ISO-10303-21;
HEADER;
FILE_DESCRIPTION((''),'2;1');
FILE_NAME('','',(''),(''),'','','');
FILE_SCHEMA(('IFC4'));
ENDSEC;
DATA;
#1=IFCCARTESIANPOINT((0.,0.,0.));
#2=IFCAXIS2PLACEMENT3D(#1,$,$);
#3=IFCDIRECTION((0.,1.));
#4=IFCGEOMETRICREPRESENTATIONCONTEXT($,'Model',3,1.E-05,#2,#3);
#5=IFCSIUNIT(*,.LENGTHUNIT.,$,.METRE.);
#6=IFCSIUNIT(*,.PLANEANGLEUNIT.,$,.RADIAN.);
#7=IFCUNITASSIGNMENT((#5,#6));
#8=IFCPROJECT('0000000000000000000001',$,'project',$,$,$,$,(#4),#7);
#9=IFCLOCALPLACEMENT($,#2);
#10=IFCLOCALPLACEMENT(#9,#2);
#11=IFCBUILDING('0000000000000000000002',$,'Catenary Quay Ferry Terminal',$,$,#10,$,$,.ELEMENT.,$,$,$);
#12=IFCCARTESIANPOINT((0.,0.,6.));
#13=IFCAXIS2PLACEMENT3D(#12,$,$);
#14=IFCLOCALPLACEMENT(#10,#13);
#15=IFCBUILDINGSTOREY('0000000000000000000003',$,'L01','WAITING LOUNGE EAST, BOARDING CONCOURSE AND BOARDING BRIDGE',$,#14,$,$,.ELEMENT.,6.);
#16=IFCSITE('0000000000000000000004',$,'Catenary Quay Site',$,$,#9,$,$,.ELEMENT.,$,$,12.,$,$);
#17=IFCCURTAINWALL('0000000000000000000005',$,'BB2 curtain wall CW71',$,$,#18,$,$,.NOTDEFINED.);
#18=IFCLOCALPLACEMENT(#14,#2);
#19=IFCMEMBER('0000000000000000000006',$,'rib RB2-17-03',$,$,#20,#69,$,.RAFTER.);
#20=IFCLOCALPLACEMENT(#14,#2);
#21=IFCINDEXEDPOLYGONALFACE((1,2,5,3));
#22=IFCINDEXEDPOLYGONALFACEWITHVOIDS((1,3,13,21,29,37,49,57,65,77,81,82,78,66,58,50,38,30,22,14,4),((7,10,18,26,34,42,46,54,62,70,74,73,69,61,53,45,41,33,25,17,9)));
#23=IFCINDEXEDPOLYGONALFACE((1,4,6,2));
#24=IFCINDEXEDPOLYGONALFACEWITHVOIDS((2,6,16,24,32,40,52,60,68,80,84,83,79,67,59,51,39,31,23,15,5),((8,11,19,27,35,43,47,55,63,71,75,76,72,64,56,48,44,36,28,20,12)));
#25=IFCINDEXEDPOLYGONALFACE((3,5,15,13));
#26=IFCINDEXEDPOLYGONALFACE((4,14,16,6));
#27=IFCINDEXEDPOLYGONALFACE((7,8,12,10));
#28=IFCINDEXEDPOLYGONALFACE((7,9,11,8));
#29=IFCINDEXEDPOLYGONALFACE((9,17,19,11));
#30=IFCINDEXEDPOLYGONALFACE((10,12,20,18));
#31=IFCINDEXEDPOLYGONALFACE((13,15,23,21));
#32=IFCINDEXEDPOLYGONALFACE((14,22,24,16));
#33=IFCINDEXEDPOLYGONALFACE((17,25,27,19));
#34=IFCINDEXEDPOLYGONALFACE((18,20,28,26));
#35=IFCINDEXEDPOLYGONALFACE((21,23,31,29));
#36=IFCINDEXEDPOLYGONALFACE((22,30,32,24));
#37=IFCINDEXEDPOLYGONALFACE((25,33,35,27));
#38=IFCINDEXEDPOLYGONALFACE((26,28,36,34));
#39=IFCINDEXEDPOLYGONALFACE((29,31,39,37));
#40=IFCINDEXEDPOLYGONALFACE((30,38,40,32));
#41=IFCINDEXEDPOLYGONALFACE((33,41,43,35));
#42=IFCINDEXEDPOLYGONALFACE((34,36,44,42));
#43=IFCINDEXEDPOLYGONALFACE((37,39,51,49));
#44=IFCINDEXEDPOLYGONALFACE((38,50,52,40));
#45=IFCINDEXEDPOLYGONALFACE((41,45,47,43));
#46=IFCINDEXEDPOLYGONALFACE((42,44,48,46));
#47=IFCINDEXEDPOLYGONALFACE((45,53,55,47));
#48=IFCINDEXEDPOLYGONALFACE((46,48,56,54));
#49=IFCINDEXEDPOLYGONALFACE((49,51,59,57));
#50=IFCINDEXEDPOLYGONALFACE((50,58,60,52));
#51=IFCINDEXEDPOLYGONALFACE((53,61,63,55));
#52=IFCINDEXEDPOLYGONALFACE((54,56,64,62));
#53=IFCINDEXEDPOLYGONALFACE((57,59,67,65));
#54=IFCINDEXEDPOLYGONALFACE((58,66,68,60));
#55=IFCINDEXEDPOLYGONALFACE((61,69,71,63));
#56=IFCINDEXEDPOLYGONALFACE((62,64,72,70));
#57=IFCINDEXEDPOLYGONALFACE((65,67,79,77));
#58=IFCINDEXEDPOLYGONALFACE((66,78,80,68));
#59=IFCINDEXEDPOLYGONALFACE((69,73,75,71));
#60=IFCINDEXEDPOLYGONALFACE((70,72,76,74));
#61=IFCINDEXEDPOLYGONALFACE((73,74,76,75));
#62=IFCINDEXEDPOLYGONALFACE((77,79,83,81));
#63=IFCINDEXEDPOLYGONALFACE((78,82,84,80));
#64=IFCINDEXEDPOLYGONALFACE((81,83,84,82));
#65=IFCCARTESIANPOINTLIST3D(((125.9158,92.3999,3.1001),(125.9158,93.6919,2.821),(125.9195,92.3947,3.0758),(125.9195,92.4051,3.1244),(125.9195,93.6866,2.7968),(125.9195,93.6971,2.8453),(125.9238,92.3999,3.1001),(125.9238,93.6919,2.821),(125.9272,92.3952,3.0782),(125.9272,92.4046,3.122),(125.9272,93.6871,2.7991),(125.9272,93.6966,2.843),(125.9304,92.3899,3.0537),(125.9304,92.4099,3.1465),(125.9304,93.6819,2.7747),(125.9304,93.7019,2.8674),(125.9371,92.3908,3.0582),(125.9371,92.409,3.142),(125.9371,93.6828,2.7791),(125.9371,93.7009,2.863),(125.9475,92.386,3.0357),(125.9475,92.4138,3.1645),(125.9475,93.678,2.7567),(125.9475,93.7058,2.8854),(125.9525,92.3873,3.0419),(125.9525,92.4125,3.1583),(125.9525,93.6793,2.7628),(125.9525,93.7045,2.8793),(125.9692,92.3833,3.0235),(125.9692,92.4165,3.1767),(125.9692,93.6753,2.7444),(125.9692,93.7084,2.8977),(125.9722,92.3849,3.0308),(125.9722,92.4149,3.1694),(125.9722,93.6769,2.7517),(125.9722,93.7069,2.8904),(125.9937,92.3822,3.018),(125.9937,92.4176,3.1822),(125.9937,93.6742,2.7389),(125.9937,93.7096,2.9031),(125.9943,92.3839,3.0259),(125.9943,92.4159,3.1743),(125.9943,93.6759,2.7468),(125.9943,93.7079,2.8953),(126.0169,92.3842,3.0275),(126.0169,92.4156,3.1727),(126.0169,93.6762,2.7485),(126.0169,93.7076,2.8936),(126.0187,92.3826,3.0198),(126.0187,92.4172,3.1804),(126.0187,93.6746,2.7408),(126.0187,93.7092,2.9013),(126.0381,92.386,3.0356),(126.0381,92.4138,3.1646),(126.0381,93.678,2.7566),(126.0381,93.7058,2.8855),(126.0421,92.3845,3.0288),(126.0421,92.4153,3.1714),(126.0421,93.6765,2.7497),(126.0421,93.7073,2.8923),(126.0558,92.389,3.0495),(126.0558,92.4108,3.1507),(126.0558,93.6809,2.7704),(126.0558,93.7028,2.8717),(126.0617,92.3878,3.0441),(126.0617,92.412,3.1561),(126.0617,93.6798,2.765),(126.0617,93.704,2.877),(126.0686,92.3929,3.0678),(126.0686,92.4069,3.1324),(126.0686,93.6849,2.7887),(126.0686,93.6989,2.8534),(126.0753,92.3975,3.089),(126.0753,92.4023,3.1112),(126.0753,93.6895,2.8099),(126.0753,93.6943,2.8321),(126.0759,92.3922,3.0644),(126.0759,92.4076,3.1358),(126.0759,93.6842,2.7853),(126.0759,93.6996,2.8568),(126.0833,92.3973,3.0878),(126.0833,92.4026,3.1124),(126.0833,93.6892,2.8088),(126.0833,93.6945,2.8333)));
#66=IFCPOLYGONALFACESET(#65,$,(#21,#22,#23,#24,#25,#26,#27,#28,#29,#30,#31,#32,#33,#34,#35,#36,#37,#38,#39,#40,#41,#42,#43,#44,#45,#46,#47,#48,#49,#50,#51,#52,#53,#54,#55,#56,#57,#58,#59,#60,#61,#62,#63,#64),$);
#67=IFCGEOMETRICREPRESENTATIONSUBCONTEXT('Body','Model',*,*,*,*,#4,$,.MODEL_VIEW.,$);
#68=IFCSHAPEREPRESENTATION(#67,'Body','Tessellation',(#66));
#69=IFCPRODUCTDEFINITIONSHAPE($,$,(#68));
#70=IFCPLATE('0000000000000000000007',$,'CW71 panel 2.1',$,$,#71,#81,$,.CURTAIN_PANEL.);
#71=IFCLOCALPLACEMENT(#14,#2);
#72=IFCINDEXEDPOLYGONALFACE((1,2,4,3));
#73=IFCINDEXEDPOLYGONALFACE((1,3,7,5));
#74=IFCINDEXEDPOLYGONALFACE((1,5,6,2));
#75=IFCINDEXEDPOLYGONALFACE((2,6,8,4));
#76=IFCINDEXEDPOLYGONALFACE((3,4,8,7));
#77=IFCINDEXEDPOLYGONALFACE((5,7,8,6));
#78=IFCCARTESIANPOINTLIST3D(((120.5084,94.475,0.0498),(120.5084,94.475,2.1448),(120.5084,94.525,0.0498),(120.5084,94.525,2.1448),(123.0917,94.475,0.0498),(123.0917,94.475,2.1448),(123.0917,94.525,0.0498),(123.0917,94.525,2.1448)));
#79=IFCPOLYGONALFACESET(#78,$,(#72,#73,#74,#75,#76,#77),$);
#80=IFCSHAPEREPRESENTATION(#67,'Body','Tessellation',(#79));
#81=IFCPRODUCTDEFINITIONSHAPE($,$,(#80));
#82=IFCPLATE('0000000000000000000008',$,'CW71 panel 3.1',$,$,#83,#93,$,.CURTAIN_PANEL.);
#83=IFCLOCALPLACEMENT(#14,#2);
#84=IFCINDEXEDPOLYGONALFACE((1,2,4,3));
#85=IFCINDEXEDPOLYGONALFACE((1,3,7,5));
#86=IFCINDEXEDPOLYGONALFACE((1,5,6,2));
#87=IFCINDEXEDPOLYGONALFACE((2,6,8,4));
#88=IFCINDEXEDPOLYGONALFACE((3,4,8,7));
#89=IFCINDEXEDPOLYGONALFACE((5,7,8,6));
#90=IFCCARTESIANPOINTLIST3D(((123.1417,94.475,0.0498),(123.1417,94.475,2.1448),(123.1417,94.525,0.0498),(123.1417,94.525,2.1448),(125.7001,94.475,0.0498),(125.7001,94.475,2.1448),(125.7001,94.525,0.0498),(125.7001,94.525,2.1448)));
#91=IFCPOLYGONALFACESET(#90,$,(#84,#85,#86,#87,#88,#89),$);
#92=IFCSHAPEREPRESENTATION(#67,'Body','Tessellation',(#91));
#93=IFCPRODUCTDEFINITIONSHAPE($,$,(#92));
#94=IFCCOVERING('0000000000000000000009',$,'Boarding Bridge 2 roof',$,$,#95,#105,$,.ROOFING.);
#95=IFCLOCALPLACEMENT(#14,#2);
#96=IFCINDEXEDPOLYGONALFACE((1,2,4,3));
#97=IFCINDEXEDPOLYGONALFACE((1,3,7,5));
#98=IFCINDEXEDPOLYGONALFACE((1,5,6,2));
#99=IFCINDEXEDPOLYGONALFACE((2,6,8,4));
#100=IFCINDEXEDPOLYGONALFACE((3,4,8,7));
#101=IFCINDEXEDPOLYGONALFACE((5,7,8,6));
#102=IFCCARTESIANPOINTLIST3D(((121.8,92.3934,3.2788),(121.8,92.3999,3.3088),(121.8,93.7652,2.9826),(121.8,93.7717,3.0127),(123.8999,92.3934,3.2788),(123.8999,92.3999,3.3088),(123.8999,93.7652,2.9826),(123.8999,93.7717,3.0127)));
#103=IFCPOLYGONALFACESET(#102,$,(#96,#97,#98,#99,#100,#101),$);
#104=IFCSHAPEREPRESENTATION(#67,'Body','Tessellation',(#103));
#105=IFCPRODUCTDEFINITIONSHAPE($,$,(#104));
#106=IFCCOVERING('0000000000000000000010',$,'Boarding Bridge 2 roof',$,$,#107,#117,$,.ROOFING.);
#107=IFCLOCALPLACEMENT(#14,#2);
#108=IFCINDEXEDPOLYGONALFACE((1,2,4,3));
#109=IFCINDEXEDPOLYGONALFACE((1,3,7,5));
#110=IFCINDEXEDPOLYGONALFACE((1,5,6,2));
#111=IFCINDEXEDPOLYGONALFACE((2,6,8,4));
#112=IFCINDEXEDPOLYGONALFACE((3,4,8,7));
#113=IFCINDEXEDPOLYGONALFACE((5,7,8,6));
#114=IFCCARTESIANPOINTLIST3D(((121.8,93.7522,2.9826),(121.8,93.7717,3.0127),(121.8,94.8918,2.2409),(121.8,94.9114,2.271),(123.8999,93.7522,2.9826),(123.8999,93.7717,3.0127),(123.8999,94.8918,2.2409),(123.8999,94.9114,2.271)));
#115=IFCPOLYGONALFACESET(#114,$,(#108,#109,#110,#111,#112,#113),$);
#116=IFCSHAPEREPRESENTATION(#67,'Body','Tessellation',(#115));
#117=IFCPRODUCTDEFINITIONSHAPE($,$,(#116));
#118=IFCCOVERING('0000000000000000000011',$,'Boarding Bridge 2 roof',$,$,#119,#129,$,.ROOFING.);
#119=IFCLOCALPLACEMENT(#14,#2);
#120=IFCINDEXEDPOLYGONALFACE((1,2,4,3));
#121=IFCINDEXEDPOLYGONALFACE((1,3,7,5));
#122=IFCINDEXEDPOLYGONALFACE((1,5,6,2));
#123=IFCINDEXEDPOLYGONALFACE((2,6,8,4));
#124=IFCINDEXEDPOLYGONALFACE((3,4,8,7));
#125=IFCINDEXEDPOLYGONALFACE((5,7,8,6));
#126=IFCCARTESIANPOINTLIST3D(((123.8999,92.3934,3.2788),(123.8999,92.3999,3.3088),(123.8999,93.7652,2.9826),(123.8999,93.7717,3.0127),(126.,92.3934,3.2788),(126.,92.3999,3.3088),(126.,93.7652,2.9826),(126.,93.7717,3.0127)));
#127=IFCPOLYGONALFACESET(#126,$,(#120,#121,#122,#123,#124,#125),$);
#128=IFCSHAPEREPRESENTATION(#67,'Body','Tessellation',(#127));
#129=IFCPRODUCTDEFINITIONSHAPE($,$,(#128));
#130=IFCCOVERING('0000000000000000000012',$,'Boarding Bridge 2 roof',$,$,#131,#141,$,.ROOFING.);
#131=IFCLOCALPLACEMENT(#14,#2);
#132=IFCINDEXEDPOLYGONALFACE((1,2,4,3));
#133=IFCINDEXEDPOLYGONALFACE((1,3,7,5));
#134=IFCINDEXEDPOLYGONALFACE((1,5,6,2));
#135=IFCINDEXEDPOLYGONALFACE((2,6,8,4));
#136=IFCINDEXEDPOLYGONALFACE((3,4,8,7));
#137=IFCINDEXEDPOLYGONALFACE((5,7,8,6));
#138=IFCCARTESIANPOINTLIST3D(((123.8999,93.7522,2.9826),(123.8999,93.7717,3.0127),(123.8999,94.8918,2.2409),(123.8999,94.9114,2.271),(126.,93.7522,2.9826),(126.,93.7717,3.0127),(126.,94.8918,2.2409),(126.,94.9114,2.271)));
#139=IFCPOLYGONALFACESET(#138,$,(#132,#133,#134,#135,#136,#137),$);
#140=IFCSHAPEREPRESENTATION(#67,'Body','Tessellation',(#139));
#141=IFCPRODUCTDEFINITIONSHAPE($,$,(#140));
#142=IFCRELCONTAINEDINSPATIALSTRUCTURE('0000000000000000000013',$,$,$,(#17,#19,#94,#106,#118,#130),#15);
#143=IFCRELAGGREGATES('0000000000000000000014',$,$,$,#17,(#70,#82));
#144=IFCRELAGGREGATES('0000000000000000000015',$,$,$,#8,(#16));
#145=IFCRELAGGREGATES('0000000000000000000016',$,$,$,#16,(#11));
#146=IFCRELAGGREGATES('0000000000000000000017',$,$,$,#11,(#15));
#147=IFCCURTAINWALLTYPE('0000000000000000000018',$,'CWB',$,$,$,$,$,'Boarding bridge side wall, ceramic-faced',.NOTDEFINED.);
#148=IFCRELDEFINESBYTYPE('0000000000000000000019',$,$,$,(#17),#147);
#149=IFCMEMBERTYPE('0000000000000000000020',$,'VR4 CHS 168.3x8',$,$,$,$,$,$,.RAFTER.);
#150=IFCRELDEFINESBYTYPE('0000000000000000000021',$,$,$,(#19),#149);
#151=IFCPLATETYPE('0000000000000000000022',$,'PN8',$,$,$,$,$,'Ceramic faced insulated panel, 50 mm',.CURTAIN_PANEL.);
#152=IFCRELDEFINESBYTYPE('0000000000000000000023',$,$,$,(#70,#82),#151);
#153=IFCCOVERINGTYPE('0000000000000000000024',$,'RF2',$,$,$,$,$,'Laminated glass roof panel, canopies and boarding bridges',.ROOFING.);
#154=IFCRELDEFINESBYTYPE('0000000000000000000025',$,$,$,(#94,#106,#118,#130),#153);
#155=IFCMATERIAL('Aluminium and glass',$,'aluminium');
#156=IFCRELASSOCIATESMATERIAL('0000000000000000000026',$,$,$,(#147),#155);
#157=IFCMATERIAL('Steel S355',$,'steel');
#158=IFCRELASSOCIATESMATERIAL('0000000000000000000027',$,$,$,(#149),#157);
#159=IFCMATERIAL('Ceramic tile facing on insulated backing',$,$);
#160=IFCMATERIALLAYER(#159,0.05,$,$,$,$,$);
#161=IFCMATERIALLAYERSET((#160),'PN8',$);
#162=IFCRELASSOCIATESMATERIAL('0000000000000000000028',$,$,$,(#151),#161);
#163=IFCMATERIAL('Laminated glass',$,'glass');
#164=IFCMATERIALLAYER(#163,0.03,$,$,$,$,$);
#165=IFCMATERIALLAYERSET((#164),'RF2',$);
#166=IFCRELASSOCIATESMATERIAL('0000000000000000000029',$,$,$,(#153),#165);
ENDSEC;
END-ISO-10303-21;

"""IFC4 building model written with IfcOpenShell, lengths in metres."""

from ifc_helpers import new_model, si_unit, direction, frame, origin, origin_2d, place, context, subcontext, project, spatial, polyline, rectangle, hollow_circle, outline, extrude, material, layer, layer_set, material_profile, profile_set, type_object, element, aggregate, save


model = new_model("IFC4")

# Units and contexts
model_context = context("Model", 3, precision=1e-05, world=origin(), true_north=direction((0.0, 1.0)))
body_context = subcontext(model_context, "Body", "Model", "MODEL_VIEW")
ifc_project = project(units=[si_unit("LENGTHUNIT", "METRE"), si_unit("PLANEANGLEUNIT", "RADIAN")], contexts=[model_context])

# Site, building, storey
site_placement = place(None, origin())
site = spatial("IfcSite", under=ifc_project, at=site_placement, Name="Catenary Quay Site", CompositionType="ELEMENT", RefElevation=12.0)
building_placement = place(site_placement, origin())
building = spatial("IfcBuilding", under=site, at=building_placement, Name="Catenary Quay Ferry Terminal", CompositionType="ELEMENT")
storey_placement = place(building_placement, frame((0.0, 0.0, 6.0)))
storey = spatial("IfcBuildingStorey", under=building, at=storey_placement, Name="L01", Description="WAITING LOUNGE EAST, BOARDING CONCOURSE AND BOARDING BRIDGE", CompositionType="ELEMENT", Elevation=6.0)

# Curtain wall
ifc_material_1 = material(Name="Aluminium and glass", Category="aluminium")
curtain_wall_type = type_object("IfcCurtainWallType", Name="CWB", ElementType="Boarding bridge side wall, ceramic-faced", PredefinedType="NOTDEFINED", material=ifc_material_1)
curtain_wall_placement = place(storey_placement, origin())
curtain_wall = element("IfcCurtainWall", 1, at=curtain_wall_placement, inside=storey, type_object=curtain_wall_type, Name="BB2 curtain wall CW71", PredefinedType="NOTDEFINED")

# Member
ifc_material_2 = material(Name="Steel S355", Category="steel")
ifc_material_profile_1 = material_profile(ifc_material_2, hollow_circle(Radius=0.0842, WallThickness=0.0081, at=origin_2d()), Name="CHS 168.3x8")
ifc_profile_set_1 = profile_set([ifc_material_profile_1], Name="Steel S355")
member_type_1 = type_object("IfcMemberType", Name="VR4 CHS 168.3x8", PredefinedType="RAFTER", material=ifc_profile_set_1)
member_1_placement = place(storey_placement, frame((126.0, 92.3999, 3.1001), z_axis=(0.0, 0.977461, -0.211118), x_axis=(-1.0, 0.0, 0.0)))
element("IfcMember", 2, at=member_1_placement, inside=storey, type_object=member_type_1, Name="rib RB2-17-03", PredefinedType="RAFTER", context=body_context, shape_type="SweptSolid", body=[
    extrude(hollow_circle(Radius=0.0842, WallThickness=0.0081, at=origin_2d()), origin(), (0.0, 0.0, 1.0), 1.3218),
])

# Plates
ifc_material_3 = material(Name="Ceramic tile facing on insulated backing")
ifc_layer_1 = layer(ifc_material_3, 0.05)
ifc_layer_set_1 = layer_set([ifc_layer_1], Name="PN8")
plate_type = type_object("IfcPlateType", Name="PN8", ElementType="Ceramic faced insulated panel, 50 mm", PredefinedType="CURTAIN_PANEL", material=ifc_layer_set_1)
plate_1_placement = place(storey_placement, frame((121.8, 94.5, 0.0498), z_axis=(0.0, 0.0, 1.0), x_axis=(1.0, 0.0, 0.0)))
plate_1 = element("IfcPlate", 3, at=plate_1_placement, type_object=plate_type, Name="CW71 panel 2.1", PredefinedType="CURTAIN_PANEL", context=body_context, shape_type="SweptSolid", body=[
    extrude(rectangle(XDim=2.5833, YDim=0.05, at=origin_2d()), origin(), (0.0, 0.0, 1.0), 2.095),
])
plate_2_placement = place(storey_placement, frame((124.4209, 94.5, 0.0498), z_axis=(0.0, 0.0, 1.0), x_axis=(1.0, 0.0, 0.0)))
plate_2 = element("IfcPlate", 4, at=plate_2_placement, type_object=plate_type, Name="CW71 panel 3.1", PredefinedType="CURTAIN_PANEL", context=body_context, shape_type="SweptSolid", body=[
    extrude(rectangle(XDim=2.5583, YDim=0.05, at=origin_2d()), origin(), (0.0, 0.0, 1.0), 2.095),
])
aggregate(curtain_wall, [plate_1, plate_2])

# Coverings
ifc_material_4 = material(Name="Laminated glass", Category="glass")
ifc_layer_2 = layer(ifc_material_4, 0.03)
ifc_layer_set_2 = layer_set([ifc_layer_2], Name="RF2")
covering_type = type_object("IfcCoveringType", Name="RF2", ElementType="Laminated glass roof panel, canopies and boarding bridges", PredefinedType="ROOFING", material=ifc_layer_set_2)
covering_1_placement = place(storey_placement, frame((121.8, 92.3999, 3.3088), z_axis=(0.0, 0.211014, 0.977483), x_axis=(1.0, 0.0, 0.0)))
element("IfcCovering", 5, at=covering_1_placement, inside=storey, type_object=covering_type, Name="Boarding Bridge 2 roof", PredefinedType="ROOFING", context=body_context, shape_type="SweptSolid", body=[
    extrude(outline(polyline([(0.0, 0.0), (2.0999, 0.0), (2.0999, 1.4034), (0.0, 1.4034), (0.0, 0.0)])), origin(), (0.0, 0.0, -1.0), 0.0308),
])
covering_2_placement = place(storey_placement, frame((121.8, 93.7717, 3.0127), z_axis=(0.0, 0.545468, 0.838132), x_axis=(1.0, 0.0, 0.0)))
element("IfcCovering", 6, at=covering_2_placement, inside=storey, type_object=covering_type, Name="Boarding Bridge 2 roof", PredefinedType="ROOFING", context=body_context, shape_type="SweptSolid", body=[
    extrude(outline(polyline([(0.0, 0.0), (2.0999, 0.0), (2.0999, 1.3597), (0.0, 1.3597), (0.0, 0.0)])), origin(), (0.0, 0.0, -1.0), 0.0359),
])
covering_3_placement = place(storey_placement, frame((123.8999, 92.3999, 3.3088), z_axis=(0.0, 0.211014, 0.977483), x_axis=(1.0, 0.0, 0.0)))
element("IfcCovering", 7, at=covering_3_placement, inside=storey, type_object=covering_type, Name="Boarding Bridge 2 roof", PredefinedType="ROOFING", context=body_context, shape_type="SweptSolid", body=[
    extrude(outline(polyline([(0.0, 0.0), (2.1001, 0.0), (2.1001, 1.4034), (0.0, 1.4034), (0.0, 0.0)])), origin(), (0.0, 0.0, -1.0), 0.0308),
])
covering_4_placement = place(storey_placement, frame((123.8999, 93.7717, 3.0127), z_axis=(0.0, 0.545468, 0.838132), x_axis=(1.0, 0.0, 0.0)))
element("IfcCovering", 8, at=covering_4_placement, inside=storey, type_object=covering_type, Name="Boarding Bridge 2 roof", PredefinedType="ROOFING", context=body_context, shape_type="SweptSolid", body=[
    extrude(outline(polyline([(0.0, 0.0), (2.1001, 0.0), (2.1001, 1.3597), (0.0, 1.3597), (0.0, 0.0)])), origin(), (0.0, 0.0, -1.0), 0.0359),
])

save(model, "model.ifc")
